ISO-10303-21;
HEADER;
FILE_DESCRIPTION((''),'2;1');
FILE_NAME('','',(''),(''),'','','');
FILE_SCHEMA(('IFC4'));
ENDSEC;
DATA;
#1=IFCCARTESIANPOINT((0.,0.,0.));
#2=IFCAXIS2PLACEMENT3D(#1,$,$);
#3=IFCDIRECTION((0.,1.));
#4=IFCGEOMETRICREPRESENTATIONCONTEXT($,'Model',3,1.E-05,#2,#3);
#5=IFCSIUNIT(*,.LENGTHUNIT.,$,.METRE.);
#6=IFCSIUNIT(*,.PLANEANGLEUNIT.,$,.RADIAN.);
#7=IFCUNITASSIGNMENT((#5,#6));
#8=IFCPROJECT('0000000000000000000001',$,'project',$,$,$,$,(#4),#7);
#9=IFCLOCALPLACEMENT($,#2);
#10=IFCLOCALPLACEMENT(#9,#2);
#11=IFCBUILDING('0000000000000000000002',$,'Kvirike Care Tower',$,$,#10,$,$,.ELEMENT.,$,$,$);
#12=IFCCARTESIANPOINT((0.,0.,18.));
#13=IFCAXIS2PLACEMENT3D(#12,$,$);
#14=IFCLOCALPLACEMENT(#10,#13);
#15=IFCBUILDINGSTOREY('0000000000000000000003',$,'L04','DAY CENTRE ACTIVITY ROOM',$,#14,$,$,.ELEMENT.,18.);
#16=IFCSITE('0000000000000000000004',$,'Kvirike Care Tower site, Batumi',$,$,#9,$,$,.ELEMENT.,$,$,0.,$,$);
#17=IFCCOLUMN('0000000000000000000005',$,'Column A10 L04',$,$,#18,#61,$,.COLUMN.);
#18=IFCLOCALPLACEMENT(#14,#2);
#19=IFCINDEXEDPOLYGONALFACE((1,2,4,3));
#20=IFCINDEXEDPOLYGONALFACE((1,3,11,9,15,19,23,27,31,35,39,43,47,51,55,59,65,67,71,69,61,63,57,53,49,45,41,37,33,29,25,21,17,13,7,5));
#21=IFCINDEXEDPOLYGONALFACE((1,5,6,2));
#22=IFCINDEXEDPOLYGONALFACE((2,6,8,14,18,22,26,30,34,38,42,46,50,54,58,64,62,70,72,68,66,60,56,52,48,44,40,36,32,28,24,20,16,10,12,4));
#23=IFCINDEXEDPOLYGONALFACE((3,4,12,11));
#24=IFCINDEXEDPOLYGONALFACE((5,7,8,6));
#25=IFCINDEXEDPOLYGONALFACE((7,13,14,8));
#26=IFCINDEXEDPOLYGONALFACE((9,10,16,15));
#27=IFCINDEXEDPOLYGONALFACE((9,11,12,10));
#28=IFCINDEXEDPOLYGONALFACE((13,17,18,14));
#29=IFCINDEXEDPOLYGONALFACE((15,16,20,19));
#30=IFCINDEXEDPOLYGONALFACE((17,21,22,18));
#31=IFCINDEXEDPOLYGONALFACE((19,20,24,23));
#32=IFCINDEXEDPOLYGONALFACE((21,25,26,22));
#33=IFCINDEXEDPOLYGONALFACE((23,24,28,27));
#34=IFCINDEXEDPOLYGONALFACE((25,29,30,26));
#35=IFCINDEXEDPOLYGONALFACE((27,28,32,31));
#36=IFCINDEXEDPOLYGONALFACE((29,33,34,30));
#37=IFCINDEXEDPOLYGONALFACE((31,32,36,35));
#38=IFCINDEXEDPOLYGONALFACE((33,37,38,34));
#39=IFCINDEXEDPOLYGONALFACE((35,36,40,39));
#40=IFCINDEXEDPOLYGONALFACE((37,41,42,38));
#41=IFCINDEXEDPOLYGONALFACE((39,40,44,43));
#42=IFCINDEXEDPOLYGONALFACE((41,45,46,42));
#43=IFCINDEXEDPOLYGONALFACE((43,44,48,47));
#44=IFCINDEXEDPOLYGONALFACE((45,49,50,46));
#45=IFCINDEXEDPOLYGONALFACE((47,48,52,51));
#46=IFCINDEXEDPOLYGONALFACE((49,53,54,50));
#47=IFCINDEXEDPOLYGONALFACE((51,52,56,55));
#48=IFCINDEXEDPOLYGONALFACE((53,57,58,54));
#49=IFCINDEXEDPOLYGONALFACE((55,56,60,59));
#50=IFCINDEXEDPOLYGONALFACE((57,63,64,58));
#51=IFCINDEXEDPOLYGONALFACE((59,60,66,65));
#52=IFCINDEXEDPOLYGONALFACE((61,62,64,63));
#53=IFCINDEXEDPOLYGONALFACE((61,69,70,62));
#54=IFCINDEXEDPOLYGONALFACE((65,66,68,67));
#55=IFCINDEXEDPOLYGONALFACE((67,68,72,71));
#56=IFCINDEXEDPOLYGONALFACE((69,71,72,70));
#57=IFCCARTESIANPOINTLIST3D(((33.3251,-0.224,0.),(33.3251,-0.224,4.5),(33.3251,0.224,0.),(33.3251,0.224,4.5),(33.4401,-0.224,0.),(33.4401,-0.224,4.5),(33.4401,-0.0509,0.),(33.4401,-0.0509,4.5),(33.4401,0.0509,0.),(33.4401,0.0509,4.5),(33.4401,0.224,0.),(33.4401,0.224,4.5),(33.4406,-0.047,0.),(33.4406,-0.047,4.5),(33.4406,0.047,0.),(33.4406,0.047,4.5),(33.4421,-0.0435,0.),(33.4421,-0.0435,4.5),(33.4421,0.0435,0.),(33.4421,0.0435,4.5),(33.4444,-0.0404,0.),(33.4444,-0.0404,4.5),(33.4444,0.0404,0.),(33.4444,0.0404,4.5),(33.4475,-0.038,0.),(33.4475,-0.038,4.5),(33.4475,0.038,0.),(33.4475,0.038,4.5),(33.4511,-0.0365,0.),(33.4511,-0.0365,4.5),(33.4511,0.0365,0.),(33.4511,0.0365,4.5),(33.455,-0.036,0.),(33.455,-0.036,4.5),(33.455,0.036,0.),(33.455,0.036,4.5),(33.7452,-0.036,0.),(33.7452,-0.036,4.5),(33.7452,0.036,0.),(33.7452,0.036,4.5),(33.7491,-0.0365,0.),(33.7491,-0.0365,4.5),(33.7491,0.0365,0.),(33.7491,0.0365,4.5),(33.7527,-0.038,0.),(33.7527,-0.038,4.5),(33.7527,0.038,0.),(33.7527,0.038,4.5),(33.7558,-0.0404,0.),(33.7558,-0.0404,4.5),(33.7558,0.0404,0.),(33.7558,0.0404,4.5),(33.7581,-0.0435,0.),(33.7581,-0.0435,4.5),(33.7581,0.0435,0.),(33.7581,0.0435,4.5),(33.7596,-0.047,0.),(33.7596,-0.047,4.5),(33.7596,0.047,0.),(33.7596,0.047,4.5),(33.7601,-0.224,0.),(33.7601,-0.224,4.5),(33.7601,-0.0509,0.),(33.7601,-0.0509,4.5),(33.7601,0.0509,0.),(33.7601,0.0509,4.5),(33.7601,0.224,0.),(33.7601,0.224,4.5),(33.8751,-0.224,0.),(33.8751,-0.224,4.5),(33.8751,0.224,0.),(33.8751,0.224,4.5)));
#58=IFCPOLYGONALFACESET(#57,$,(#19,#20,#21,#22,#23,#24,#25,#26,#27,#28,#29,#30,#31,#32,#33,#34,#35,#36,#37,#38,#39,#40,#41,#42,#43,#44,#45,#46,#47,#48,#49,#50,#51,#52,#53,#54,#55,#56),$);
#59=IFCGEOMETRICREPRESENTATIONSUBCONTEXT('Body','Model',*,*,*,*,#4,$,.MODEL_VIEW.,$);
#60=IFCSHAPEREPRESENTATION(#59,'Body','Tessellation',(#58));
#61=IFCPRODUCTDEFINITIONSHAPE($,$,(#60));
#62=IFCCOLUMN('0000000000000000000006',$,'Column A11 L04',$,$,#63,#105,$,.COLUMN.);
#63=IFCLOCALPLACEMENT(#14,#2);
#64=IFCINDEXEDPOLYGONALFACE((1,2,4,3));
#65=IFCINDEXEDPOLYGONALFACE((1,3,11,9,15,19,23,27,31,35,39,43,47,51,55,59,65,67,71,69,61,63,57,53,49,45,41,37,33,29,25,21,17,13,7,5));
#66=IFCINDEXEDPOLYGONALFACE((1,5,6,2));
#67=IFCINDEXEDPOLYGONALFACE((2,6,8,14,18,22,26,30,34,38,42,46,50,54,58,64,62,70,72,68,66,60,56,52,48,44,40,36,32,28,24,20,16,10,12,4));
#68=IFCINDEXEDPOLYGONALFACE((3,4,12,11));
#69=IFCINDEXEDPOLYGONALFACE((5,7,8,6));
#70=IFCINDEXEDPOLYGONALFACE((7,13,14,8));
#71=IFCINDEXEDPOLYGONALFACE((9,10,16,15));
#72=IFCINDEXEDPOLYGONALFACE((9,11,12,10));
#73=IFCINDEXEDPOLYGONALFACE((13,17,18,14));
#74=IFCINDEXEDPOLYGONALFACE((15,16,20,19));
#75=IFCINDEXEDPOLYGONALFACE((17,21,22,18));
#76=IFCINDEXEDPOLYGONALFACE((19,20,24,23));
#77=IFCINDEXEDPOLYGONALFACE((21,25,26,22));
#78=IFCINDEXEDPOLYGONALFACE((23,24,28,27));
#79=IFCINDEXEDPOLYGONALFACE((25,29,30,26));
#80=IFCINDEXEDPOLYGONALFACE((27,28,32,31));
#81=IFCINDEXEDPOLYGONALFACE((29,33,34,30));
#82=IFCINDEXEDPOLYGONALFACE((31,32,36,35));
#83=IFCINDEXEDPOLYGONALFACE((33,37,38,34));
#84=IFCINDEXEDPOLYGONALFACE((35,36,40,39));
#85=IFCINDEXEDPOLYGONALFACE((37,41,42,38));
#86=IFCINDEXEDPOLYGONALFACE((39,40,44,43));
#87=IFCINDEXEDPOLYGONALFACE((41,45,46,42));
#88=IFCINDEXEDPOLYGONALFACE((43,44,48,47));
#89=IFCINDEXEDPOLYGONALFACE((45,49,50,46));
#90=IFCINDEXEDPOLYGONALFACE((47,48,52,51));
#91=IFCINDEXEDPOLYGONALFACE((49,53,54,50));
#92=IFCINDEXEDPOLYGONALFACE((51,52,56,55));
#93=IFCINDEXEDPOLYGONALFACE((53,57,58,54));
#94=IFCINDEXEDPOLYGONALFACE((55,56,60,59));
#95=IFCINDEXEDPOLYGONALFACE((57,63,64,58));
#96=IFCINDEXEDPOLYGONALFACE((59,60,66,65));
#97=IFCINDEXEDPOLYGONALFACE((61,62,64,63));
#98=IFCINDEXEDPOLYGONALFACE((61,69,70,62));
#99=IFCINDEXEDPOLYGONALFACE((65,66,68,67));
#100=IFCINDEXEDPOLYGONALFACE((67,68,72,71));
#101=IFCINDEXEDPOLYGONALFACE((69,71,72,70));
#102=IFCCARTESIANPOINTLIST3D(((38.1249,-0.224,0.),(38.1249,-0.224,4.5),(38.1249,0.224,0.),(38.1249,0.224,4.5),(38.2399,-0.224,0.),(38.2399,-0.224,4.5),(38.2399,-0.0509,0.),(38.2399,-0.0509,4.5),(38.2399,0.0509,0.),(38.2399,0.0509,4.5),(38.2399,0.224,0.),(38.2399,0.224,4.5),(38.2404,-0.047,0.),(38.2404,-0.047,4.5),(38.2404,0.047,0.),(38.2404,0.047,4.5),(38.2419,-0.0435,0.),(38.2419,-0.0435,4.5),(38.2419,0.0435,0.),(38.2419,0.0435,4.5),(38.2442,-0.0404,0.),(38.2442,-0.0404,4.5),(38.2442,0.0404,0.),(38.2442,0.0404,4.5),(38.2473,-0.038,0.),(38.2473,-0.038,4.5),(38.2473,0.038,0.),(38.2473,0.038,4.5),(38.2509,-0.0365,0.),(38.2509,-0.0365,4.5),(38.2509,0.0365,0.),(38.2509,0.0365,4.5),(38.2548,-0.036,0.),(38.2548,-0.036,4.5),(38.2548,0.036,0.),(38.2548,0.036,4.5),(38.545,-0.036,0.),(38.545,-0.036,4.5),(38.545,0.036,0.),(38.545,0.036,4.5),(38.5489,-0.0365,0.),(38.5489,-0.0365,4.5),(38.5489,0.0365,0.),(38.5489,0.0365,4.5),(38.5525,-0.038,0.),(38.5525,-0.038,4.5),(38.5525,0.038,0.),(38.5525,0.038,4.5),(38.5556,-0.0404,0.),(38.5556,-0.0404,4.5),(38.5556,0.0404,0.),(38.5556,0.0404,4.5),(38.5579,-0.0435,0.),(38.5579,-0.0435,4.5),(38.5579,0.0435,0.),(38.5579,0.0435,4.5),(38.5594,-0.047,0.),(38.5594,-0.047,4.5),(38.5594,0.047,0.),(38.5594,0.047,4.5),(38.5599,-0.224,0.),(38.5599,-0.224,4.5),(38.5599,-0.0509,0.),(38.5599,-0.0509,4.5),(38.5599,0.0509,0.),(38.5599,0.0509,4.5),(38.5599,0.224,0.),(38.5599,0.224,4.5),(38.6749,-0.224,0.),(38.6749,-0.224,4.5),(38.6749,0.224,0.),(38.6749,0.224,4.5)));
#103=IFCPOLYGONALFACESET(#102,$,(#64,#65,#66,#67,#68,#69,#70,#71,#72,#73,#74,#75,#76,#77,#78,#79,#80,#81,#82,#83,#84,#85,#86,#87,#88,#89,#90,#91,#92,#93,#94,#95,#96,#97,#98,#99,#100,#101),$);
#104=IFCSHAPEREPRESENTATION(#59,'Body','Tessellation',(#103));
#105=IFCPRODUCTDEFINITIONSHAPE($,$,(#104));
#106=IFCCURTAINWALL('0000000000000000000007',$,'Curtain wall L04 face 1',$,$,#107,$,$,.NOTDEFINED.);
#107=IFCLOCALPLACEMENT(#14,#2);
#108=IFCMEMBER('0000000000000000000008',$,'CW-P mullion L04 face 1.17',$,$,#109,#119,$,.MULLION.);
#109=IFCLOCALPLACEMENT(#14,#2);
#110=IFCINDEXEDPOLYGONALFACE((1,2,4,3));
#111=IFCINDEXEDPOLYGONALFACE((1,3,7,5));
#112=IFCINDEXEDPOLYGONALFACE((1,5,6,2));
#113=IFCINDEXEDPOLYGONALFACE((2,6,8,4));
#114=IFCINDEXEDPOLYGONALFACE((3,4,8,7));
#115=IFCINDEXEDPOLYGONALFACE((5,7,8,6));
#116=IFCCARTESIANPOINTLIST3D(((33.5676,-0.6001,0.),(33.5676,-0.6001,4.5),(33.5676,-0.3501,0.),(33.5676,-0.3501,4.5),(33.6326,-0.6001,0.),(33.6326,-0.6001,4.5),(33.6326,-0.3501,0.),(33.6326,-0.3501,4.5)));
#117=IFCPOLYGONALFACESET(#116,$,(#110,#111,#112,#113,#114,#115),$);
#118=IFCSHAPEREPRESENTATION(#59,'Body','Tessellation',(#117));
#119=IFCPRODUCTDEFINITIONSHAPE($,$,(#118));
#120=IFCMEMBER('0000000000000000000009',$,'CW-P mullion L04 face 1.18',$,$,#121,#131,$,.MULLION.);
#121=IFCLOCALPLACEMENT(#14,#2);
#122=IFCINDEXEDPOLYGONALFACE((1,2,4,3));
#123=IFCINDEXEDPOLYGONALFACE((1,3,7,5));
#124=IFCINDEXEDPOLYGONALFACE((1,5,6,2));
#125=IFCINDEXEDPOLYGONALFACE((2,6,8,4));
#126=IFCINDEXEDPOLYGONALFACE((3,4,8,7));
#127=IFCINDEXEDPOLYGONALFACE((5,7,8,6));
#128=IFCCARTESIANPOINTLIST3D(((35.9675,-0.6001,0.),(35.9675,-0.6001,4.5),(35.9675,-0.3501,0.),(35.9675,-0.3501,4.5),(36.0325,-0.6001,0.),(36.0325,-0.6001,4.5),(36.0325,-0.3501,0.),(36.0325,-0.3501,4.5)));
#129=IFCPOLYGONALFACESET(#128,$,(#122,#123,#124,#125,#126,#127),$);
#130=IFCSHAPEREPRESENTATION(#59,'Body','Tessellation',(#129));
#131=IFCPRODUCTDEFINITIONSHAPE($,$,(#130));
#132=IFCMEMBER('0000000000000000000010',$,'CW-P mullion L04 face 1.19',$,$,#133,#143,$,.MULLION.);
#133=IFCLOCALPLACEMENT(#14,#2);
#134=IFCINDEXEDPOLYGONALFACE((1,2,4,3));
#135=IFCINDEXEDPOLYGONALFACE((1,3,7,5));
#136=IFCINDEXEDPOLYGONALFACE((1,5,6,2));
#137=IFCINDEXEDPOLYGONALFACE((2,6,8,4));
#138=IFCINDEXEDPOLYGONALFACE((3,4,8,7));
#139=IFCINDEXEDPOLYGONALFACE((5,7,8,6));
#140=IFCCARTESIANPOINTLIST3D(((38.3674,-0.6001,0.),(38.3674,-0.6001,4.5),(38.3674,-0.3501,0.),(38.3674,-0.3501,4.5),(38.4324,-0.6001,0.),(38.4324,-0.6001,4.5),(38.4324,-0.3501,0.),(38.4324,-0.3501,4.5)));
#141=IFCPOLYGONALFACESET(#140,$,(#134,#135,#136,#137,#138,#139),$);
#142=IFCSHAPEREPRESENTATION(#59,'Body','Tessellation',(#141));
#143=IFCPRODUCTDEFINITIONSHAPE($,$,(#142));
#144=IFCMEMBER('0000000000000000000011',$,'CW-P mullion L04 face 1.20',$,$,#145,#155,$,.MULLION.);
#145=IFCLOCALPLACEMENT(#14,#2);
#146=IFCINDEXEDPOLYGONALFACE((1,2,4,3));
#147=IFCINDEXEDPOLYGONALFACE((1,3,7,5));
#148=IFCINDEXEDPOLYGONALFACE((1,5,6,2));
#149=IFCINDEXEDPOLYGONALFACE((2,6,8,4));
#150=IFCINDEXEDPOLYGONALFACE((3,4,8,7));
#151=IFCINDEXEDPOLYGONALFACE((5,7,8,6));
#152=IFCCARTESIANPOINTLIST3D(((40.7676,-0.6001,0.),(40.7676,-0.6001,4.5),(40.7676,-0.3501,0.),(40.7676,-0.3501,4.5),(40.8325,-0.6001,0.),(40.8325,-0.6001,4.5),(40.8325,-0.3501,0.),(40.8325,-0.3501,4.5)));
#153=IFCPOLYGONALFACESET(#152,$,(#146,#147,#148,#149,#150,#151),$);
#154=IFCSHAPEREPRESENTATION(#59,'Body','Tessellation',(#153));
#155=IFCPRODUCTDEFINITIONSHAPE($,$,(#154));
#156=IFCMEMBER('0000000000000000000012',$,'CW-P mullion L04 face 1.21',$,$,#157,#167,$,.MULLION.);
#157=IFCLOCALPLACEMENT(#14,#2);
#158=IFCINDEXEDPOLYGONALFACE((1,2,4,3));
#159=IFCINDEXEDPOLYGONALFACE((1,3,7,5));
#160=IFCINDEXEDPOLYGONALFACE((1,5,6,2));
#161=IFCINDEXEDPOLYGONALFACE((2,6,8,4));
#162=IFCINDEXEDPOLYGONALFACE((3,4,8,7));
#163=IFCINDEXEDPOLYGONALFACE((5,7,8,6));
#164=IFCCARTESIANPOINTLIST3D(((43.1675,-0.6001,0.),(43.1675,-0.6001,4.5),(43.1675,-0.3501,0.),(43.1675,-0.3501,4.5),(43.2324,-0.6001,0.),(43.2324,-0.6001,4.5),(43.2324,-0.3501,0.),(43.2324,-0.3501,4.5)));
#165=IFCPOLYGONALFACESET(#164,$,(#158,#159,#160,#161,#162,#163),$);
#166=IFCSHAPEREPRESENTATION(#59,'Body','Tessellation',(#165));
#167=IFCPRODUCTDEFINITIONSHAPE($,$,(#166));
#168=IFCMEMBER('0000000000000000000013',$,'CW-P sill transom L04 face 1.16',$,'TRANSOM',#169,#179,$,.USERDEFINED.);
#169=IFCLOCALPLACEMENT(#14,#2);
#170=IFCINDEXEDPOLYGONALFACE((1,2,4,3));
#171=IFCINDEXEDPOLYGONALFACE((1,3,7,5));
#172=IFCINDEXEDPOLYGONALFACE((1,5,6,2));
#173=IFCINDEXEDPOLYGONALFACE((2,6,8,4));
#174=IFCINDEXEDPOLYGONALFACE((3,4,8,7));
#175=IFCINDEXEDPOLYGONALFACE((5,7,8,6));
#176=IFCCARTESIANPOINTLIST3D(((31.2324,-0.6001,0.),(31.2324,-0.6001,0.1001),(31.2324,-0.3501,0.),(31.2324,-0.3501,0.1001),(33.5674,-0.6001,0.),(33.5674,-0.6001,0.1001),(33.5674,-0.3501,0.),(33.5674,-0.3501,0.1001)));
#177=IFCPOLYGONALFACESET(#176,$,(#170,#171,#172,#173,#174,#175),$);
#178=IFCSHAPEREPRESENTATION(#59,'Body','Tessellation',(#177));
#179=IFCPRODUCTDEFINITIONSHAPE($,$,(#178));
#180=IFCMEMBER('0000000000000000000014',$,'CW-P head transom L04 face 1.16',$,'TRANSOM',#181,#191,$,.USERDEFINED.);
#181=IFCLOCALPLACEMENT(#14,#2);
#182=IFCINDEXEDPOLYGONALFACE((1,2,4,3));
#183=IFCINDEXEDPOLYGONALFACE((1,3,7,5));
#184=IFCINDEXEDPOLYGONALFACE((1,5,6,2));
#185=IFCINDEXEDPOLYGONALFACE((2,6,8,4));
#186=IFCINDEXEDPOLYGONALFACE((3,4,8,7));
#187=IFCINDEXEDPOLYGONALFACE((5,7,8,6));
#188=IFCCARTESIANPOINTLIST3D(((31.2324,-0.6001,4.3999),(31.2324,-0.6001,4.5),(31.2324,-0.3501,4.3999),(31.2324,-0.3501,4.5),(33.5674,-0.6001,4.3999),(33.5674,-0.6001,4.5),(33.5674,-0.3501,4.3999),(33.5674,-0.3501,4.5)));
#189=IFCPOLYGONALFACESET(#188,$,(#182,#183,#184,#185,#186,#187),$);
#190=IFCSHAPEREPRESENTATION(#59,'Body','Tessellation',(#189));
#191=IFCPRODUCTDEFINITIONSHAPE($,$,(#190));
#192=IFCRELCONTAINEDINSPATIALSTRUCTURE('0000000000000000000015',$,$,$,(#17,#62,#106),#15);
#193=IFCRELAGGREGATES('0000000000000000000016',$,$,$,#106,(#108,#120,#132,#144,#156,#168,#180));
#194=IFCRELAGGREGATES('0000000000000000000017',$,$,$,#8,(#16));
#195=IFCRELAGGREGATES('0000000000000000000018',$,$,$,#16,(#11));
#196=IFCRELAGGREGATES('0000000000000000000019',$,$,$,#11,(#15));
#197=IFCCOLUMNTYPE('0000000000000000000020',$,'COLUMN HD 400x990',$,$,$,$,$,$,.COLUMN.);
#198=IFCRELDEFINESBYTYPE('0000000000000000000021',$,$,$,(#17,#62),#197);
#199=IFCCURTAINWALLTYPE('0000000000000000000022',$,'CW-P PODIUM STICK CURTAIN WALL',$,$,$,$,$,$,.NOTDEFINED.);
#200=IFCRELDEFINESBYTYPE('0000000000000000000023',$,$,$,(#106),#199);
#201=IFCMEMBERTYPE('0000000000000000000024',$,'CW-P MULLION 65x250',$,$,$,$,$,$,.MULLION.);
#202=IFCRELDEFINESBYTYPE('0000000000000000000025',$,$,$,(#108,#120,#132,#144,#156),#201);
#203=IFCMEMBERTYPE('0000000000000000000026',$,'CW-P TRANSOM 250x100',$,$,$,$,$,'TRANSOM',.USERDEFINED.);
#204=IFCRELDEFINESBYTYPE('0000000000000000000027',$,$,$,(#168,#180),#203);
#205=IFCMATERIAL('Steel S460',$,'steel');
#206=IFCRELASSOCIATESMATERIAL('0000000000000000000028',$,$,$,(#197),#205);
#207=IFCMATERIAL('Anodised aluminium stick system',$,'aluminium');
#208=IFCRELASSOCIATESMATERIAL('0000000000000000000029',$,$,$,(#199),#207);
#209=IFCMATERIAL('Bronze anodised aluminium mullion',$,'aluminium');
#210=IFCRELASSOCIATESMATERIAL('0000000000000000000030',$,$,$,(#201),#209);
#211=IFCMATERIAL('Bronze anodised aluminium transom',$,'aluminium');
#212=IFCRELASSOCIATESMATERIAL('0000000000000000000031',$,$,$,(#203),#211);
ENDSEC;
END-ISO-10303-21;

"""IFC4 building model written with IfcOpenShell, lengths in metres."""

from ifc_helpers import new_model, si_unit, direction, frame, origin, origin_2d, place, context, subcontext, project, spatial, rectangle, i_section, extrude, material, material_profile, profile_set, type_object, element, aggregate, save


model = new_model("IFC4")

# Units and contexts
model_context = context("Model", 3, precision=1e-05, world=origin(), true_north=direction((0.0, 1.0)))
body_context = subcontext(model_context, "Body", "Model", "MODEL_VIEW")
ifc_project = project(units=[si_unit("LENGTHUNIT", "METRE"), si_unit("PLANEANGLEUNIT", "RADIAN")], contexts=[model_context])

# Site, building, storey
site_placement = place(None, origin())
site = spatial("IfcSite", under=ifc_project, at=site_placement, Name="Kvirike Care Tower site, Batumi", CompositionType="ELEMENT", RefElevation=0.0)
building_placement = place(site_placement, origin())
building = spatial("IfcBuilding", under=site, at=building_placement, Name="Kvirike Care Tower", CompositionType="ELEMENT")
storey_placement = place(building_placement, frame((0.0, 0.0, 18.0)))
storey = spatial("IfcBuildingStorey", under=building, at=storey_placement, Name="L04", Description="DAY CENTRE ACTIVITY ROOM", CompositionType="ELEMENT", Elevation=18.0)

# Columns
ifc_material_1 = material(Name="Steel S460", Category="steel")
ifc_material_profile_1 = material_profile(ifc_material_1, i_section(OverallWidth=0.448, OverallDepth=0.55, WebThickness=0.072, FlangeThickness=0.115, FilletRadius=0.0149, at=origin_2d()), Name="HD 400x990")
ifc_profile_set_1 = profile_set([ifc_material_profile_1], Name="Steel S460")
column_type = type_object("IfcColumnType", Name="COLUMN HD 400x990", PredefinedType="COLUMN", material=ifc_profile_set_1)
for number, where, z_axis, x_axis, name in (
    (1, (33.6001, 0.0, 0.0), (0.0, 0.0, 1.0), (0.0, 1.0, 0.0), "Column A10 L04"),
    (2, (38.3999, 0.0, 0.0), (0.0, 0.0, 1.0), (0.0, 1.0, 0.0), "Column A11 L04"),
):
    element("IfcColumn", number, at=place(storey_placement, frame(where, z_axis=z_axis, x_axis=x_axis)), inside=storey, type_object=column_type, Name=name, PredefinedType="COLUMN", context=body_context, shape_type="SweptSolid", body=[
        extrude(i_section(OverallWidth=0.448, OverallDepth=0.55, WebThickness=0.072, FlangeThickness=0.115, FilletRadius=0.0149, at=origin_2d()), origin(), (0.0, 0.0, 1.0), 4.5),
    ])

# Curtain wall, members
ifc_material_2 = material(Name="Anodised aluminium stick system", Category="aluminium")
curtain_wall_type = type_object("IfcCurtainWallType", Name="CW-P PODIUM STICK CURTAIN WALL", PredefinedType="NOTDEFINED", material=ifc_material_2)
curtain_wall_placement = place(storey_placement, origin())
curtain_wall = element("IfcCurtainWall", 3, at=curtain_wall_placement, inside=storey, type_object=curtain_wall_type, Name="Curtain wall L04 face 1", PredefinedType="NOTDEFINED")
ifc_material_3 = material(Name="Bronze anodised aluminium mullion", Category="aluminium")
ifc_material_profile_2 = material_profile(ifc_material_3, rectangle(XDim=0.0649, YDim=0.25, at=origin_2d()), Name="CW-P MULLION 65x250")
ifc_profile_set_2 = profile_set([ifc_material_profile_2], Name="Bronze anodised aluminium mullion")
member_type_1 = type_object("IfcMemberType", Name="CW-P MULLION 65x250", PredefinedType="MULLION", material=ifc_profile_set_2)
member_1_placement = place(storey_placement, frame((33.6001, -0.4751, 0.0), z_axis=(0.0, 0.0, 1.0), x_axis=(1.0, 0.0, 0.0)))
member_1 = element("IfcMember", 4, at=member_1_placement, type_object=member_type_1, Name="CW-P mullion L04 face 1.17", PredefinedType="MULLION", context=body_context, shape_type="SweptSolid", body=[
    extrude(rectangle(XDim=0.0649, YDim=0.25, at=origin_2d()), origin(), (0.0, 0.0, 1.0), 4.5),
])
member_2_placement = place(storey_placement, frame((36.0, -0.4751, 0.0), z_axis=(0.0, 0.0, 1.0), x_axis=(1.0, 0.0, 0.0)))
member_2 = element("IfcMember", 5, at=member_2_placement, type_object=member_type_1, Name="CW-P mullion L04 face 1.18", PredefinedType="MULLION", context=body_context, shape_type="SweptSolid", body=[
    extrude(rectangle(XDim=0.0649, YDim=0.25, at=origin_2d()), origin(), (0.0, 0.0, 1.0), 4.5),
])
member_3_placement = place(storey_placement, frame((38.3999, -0.4751, 0.0), z_axis=(0.0, 0.0, 1.0), x_axis=(1.0, 0.0, 0.0)))
member_3 = element("IfcMember", 6, at=member_3_placement, type_object=member_type_1, Name="CW-P mullion L04 face 1.19", PredefinedType="MULLION", context=body_context, shape_type="SweptSolid", body=[
    extrude(rectangle(XDim=0.0649, YDim=0.25, at=origin_2d()), origin(), (0.0, 0.0, 1.0), 4.5),
])
member_4_placement = place(storey_placement, frame((40.8, -0.4751, 0.0), z_axis=(0.0, 0.0, 1.0), x_axis=(1.0, 0.0, 0.0)))
member_4 = element("IfcMember", 7, at=member_4_placement, type_object=member_type_1, Name="CW-P mullion L04 face 1.20", PredefinedType="MULLION", context=body_context, shape_type="SweptSolid", body=[
    extrude(rectangle(XDim=0.0649, YDim=0.25, at=origin_2d()), origin(), (0.0, 0.0, 1.0), 4.5),
])
member_5_placement = place(storey_placement, frame((43.2, -0.4751, 0.0), z_axis=(0.0, 0.0, 1.0), x_axis=(1.0, 0.0, 0.0)))
member_5 = element("IfcMember", 8, at=member_5_placement, type_object=member_type_1, Name="CW-P mullion L04 face 1.21", PredefinedType="MULLION", context=body_context, shape_type="SweptSolid", body=[
    extrude(rectangle(XDim=0.0649, YDim=0.25, at=origin_2d()), origin(), (0.0, 0.0, 1.0), 4.5),
])
ifc_material_4 = material(Name="Bronze anodised aluminium transom", Category="aluminium")
ifc_material_profile_3 = material_profile(ifc_material_4, rectangle(XDim=0.25, YDim=0.1001, at=origin_2d()), Name="CW-P TRANSOM 250x100")
ifc_profile_set_3 = profile_set([ifc_material_profile_3], Name="Bronze anodised aluminium transom")
member_type_2 = type_object("IfcMemberType", Name="CW-P TRANSOM 250x100", ElementType="TRANSOM", PredefinedType="USERDEFINED", material=ifc_profile_set_3)
member_6_placement = place(storey_placement, frame((31.2324, -0.4751, 0.05), z_axis=(1.0, 0.0, 0.0), x_axis=(0.0, 1.0, 0.0)))
member_6 = element("IfcMember", 9, at=member_6_placement, type_object=member_type_2, Name="CW-P sill transom L04 face 1.16", ObjectType="TRANSOM", PredefinedType="USERDEFINED", context=body_context, shape_type="SweptSolid", body=[
    extrude(rectangle(XDim=0.25, YDim=0.1001, at=origin_2d()), origin(), (0.0, 0.0, 1.0), 2.335),
])
member_7_placement = place(storey_placement, frame((31.2324, -0.4751, 4.45), z_axis=(1.0, 0.0, 0.0), x_axis=(0.0, 1.0, 0.0)))
member_7 = element("IfcMember", 10, at=member_7_placement, type_object=member_type_2, Name="CW-P head transom L04 face 1.16", ObjectType="TRANSOM", PredefinedType="USERDEFINED", context=body_context, shape_type="SweptSolid", body=[
    extrude(rectangle(XDim=0.25, YDim=0.1001, at=origin_2d()), origin(), (0.0, 0.0, 1.0), 2.335),
])

aggregate(curtain_wall, [member_1, member_2, member_3, member_4, member_5, member_6, member_7])

save(model, "model.ifc")
